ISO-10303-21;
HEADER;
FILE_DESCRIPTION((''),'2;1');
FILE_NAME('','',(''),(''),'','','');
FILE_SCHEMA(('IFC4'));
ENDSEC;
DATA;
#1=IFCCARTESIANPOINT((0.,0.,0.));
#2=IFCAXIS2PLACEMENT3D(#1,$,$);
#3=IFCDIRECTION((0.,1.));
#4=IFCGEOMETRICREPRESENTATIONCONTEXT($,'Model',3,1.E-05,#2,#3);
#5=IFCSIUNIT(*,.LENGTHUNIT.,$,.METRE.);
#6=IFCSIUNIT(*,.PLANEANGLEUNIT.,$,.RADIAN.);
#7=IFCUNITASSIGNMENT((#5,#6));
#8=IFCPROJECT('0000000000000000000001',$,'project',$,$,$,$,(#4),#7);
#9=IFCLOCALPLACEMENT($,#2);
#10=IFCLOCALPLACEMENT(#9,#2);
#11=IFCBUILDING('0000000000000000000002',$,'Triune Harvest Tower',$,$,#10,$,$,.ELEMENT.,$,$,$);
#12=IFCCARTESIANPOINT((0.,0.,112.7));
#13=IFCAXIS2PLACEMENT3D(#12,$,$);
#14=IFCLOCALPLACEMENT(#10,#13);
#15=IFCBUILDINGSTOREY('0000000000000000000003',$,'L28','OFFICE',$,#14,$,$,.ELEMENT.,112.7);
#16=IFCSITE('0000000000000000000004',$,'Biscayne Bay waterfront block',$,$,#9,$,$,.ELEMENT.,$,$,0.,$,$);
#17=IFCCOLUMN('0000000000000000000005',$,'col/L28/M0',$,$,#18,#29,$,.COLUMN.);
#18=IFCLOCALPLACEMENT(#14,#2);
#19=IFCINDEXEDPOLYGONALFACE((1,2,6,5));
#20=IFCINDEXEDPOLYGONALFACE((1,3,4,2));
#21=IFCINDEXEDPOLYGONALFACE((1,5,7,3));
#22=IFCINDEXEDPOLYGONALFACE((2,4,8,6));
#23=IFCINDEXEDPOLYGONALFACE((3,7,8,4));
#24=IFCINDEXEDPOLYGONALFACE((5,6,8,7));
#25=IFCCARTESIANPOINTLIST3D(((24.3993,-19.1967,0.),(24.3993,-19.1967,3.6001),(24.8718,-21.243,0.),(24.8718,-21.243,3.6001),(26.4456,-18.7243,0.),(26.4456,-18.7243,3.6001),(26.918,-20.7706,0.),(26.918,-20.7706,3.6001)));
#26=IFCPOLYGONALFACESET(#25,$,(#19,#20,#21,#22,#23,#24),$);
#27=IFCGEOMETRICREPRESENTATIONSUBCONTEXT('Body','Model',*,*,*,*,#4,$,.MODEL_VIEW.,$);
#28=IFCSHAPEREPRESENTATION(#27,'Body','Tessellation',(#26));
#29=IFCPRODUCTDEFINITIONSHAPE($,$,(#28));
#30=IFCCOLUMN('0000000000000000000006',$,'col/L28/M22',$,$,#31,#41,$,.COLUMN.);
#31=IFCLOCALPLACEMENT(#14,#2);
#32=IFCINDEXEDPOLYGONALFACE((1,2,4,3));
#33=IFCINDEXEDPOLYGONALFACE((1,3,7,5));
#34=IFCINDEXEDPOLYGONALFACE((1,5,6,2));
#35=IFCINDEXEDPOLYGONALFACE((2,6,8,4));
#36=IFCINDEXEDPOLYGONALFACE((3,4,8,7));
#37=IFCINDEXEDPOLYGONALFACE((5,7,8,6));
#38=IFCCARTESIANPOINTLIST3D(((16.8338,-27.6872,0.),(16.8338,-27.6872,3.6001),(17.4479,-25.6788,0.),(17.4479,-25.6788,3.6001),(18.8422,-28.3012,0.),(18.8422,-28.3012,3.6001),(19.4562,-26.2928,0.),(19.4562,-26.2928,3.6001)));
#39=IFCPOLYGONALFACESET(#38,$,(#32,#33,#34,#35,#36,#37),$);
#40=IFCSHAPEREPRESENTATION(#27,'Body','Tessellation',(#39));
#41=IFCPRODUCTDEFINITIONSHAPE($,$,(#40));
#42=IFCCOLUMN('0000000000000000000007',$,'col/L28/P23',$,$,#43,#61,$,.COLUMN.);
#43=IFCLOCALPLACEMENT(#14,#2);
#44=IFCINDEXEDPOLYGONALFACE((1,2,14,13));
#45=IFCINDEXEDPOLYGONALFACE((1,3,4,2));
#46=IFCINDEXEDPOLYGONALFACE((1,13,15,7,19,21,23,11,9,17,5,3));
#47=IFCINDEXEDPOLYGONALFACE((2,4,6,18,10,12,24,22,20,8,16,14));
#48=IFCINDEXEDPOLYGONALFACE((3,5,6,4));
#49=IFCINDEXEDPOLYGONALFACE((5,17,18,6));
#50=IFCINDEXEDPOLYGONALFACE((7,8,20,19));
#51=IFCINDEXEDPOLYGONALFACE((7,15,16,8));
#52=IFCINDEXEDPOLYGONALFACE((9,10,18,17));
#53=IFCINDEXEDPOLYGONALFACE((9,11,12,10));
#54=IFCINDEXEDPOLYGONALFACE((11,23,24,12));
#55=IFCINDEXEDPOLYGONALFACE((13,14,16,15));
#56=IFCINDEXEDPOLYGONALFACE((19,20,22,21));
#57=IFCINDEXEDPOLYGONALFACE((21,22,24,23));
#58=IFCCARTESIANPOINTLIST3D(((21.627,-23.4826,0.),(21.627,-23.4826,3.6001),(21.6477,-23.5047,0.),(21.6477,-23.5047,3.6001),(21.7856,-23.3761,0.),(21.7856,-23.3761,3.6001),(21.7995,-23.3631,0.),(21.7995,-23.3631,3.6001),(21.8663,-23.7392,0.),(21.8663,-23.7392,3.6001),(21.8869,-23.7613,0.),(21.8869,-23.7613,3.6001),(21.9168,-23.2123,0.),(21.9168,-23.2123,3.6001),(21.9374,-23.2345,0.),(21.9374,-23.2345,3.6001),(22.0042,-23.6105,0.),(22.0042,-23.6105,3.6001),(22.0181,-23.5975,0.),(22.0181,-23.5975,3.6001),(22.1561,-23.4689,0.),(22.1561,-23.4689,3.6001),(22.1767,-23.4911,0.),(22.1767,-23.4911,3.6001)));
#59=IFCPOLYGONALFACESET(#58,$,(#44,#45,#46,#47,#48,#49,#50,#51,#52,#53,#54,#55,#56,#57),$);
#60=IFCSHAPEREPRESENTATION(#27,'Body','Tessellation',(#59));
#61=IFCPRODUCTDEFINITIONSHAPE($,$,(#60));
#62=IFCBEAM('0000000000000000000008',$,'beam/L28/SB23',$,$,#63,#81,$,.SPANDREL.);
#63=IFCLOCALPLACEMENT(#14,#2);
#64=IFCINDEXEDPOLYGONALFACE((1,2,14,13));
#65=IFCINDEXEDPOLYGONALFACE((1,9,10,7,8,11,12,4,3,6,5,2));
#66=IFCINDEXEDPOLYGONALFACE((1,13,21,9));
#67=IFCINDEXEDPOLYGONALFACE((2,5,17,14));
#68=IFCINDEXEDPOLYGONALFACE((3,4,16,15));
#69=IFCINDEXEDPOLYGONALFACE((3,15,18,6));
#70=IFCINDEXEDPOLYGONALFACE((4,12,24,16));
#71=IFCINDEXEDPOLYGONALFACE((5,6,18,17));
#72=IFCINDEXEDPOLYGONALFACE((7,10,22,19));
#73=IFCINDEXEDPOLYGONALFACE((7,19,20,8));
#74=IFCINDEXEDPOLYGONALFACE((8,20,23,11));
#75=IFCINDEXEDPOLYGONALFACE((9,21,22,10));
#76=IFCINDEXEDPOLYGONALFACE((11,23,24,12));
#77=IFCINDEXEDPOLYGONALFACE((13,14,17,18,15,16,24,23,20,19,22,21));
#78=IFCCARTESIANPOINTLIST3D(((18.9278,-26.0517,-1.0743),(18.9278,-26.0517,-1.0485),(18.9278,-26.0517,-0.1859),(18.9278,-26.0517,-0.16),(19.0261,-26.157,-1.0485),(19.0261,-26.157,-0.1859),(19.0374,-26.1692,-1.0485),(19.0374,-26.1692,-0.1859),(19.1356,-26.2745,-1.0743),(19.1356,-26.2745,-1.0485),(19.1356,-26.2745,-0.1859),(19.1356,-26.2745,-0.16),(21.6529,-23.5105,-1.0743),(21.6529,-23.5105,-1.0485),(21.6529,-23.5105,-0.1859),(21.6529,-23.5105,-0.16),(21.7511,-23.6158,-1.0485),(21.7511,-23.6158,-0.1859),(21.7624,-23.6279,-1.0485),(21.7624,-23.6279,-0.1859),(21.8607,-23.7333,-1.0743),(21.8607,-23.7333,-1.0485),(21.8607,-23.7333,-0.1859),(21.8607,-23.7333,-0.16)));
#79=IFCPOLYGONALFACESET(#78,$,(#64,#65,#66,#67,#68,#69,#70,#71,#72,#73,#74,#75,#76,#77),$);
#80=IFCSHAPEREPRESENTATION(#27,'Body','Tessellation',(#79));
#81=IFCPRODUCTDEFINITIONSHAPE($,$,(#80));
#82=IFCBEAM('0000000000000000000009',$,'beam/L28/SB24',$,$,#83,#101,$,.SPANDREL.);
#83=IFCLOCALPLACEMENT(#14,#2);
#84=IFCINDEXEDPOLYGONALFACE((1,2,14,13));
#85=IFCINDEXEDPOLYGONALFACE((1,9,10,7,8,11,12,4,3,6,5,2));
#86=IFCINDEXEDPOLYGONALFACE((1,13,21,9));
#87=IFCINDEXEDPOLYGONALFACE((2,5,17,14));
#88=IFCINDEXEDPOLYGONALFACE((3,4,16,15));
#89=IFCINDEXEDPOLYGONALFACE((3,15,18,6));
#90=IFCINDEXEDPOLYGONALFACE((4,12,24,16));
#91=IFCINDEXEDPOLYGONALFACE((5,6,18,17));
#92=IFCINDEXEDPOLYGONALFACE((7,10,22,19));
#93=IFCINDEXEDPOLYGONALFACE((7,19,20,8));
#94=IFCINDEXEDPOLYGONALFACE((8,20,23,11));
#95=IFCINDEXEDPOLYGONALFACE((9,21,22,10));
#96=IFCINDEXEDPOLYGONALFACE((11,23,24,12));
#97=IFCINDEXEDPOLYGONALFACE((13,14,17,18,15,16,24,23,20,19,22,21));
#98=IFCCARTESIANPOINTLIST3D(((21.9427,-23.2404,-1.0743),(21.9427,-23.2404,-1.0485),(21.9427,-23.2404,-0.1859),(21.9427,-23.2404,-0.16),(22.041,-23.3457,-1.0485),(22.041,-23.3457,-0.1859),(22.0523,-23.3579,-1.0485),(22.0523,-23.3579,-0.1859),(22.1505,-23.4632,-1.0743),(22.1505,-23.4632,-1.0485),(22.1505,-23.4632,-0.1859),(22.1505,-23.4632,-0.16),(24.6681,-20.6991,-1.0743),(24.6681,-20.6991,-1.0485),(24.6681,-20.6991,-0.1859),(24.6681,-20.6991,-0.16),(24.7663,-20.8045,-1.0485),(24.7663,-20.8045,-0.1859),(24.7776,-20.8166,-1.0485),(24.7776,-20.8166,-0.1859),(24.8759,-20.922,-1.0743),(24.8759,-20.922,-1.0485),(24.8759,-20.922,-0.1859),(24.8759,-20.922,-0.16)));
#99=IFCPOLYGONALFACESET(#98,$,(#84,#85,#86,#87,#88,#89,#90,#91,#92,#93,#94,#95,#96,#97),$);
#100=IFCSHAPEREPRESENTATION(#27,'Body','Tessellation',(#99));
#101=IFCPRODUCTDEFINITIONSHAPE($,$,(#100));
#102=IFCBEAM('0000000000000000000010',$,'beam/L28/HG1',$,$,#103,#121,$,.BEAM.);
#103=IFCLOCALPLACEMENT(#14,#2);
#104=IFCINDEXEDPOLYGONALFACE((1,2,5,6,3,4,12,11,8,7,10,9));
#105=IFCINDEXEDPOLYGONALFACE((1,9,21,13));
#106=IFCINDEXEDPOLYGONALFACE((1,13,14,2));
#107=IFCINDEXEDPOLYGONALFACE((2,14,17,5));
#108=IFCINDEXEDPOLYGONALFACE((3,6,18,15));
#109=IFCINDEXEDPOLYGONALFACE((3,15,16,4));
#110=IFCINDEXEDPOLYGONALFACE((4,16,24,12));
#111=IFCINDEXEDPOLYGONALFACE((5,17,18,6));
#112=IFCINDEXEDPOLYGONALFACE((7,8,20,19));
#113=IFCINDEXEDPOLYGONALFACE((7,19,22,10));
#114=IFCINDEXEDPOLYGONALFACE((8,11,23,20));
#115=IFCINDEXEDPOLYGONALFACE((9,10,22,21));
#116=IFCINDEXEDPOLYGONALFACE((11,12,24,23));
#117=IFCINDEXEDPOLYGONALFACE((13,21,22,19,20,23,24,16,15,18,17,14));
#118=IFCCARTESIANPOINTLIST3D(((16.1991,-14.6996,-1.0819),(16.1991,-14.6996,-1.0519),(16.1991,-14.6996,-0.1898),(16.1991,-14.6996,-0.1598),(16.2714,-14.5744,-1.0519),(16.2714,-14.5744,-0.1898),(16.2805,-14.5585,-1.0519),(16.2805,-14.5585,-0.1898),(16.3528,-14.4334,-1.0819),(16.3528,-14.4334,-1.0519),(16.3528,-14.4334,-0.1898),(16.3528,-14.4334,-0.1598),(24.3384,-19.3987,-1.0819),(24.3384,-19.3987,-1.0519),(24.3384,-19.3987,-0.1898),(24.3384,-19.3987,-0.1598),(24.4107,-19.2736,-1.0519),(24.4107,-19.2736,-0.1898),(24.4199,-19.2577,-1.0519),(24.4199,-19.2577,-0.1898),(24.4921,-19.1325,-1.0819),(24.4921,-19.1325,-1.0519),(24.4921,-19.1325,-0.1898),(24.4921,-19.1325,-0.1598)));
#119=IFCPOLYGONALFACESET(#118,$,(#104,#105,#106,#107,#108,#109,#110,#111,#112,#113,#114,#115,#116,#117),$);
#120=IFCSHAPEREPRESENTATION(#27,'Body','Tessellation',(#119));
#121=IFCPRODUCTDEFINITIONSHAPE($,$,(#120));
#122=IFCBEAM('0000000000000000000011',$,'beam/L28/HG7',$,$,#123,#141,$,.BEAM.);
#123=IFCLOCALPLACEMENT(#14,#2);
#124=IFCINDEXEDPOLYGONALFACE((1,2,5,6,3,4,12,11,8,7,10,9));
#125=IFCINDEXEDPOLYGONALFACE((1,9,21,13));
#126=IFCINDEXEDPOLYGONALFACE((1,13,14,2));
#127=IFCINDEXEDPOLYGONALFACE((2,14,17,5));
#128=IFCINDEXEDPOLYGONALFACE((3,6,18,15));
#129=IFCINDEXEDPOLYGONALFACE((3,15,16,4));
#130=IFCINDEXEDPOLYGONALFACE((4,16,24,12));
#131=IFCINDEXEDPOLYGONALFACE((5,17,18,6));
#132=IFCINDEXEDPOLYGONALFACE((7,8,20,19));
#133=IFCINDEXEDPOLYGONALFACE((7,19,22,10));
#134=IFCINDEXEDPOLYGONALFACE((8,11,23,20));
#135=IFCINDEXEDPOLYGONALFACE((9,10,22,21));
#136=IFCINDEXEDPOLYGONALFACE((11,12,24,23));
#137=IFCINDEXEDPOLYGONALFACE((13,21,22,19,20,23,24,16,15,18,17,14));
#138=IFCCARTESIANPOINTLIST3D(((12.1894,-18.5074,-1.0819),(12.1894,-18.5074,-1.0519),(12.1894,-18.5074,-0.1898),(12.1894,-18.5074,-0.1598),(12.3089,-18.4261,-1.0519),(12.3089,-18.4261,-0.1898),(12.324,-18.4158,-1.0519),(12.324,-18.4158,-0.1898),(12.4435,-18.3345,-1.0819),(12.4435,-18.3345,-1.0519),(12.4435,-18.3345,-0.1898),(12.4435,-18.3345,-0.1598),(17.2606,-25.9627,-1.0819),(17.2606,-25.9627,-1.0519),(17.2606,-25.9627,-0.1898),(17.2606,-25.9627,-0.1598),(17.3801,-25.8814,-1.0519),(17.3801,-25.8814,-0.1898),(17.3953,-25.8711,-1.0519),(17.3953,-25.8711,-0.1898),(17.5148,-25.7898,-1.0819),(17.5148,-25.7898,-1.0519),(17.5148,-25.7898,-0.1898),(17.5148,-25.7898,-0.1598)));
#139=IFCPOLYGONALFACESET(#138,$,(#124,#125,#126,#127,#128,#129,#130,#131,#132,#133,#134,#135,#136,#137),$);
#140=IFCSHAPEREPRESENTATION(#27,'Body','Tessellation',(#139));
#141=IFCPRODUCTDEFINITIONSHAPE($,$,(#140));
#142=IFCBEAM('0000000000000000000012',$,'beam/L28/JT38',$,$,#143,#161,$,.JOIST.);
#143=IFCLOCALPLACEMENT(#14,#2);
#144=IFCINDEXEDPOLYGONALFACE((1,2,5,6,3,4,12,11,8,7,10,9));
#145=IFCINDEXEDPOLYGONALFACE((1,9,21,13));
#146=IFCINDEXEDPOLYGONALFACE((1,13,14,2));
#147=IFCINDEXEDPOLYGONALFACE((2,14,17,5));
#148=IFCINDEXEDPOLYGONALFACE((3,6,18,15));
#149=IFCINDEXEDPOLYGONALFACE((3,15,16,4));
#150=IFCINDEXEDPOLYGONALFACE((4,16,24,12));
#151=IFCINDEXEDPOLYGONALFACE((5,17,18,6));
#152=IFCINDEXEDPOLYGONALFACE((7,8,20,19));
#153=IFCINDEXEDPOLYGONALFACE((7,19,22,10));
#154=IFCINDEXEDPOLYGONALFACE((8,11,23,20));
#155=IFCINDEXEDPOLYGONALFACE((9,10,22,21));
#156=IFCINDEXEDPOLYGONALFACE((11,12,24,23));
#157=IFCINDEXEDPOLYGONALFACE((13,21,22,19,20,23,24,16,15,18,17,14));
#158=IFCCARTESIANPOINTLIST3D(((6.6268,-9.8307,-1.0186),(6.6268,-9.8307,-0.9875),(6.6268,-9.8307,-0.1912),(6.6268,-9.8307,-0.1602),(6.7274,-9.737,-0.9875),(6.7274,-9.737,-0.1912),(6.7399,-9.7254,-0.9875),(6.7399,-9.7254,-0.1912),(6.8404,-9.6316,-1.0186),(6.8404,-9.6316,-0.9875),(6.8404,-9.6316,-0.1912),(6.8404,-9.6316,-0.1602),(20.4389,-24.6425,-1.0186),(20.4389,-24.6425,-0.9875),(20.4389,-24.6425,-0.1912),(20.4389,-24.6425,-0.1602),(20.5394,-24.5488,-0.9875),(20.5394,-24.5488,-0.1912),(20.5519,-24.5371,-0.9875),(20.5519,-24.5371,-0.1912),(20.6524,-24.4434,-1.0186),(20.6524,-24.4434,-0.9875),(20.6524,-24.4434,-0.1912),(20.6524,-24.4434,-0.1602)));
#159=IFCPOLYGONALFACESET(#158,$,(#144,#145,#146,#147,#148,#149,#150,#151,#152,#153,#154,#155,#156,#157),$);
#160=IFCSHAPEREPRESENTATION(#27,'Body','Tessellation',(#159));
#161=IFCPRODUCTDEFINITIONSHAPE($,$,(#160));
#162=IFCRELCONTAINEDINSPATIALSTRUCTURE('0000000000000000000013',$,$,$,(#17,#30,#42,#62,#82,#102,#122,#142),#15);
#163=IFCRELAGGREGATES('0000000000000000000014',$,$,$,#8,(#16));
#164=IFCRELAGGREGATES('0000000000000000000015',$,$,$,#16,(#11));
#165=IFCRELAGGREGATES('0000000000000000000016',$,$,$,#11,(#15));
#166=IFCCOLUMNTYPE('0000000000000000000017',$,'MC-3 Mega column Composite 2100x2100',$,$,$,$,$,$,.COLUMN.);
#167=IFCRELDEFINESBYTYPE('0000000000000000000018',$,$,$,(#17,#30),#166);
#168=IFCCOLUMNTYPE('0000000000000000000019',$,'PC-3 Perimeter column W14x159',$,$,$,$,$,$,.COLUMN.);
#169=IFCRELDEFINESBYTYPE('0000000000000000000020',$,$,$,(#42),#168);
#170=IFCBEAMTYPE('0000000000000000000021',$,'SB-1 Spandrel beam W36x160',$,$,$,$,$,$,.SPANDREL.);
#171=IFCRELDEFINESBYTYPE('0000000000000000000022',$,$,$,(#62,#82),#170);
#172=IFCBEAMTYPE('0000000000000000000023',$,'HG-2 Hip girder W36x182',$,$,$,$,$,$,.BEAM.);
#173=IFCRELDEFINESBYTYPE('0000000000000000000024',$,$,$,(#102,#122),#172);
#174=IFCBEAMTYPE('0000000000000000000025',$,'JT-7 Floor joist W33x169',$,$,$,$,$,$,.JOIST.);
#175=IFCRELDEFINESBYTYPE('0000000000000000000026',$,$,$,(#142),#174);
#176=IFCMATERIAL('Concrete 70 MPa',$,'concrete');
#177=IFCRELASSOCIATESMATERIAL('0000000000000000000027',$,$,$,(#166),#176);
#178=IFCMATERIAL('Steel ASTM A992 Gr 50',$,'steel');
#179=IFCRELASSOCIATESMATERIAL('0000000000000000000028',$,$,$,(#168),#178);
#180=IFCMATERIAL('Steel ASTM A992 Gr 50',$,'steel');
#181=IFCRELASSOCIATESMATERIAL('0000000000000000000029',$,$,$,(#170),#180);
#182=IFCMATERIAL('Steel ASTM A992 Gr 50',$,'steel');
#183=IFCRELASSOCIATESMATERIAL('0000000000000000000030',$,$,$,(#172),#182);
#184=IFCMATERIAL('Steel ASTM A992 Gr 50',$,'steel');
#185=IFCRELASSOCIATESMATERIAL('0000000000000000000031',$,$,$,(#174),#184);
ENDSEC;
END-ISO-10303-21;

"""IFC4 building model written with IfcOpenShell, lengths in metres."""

from ifc_helpers import new_model, si_unit, direction, frame, origin, origin_2d, place, context, subcontext, project, spatial, rectangle, i_section, extrude, source, transform, mapped, material, material_profile, profile_set, type_object, element, save


model = new_model("IFC4")

# Units and contexts
model_context = context("Model", 3, precision=1e-05, world=origin(), true_north=direction((0.0, 1.0)))
body_context = subcontext(model_context, "Body", "Model", "MODEL_VIEW")
ifc_project = project(units=[si_unit("LENGTHUNIT", "METRE"), si_unit("PLANEANGLEUNIT", "RADIAN")], contexts=[model_context])

# Site, building, storey
site_placement = place(None, origin())
site = spatial("IfcSite", under=ifc_project, at=site_placement, Name="Biscayne Bay waterfront block", CompositionType="ELEMENT", RefElevation=0.0)
building_placement = place(site_placement, origin())
building = spatial("IfcBuilding", under=site, at=building_placement, Name="Triune Harvest Tower", CompositionType="ELEMENT")
storey_placement = place(building_placement, frame((0.0, 0.0, 112.7)))
storey = spatial("IfcBuildingStorey", under=building, at=storey_placement, Name="L28", Description="OFFICE", CompositionType="ELEMENT", Elevation=112.7)

# Columns
ifc_material_1 = material(Name="Concrete 70 MPa", Category="concrete")
ifc_material_profile_1 = material_profile(ifc_material_1, rectangle(XDim=2.1001, YDim=2.1001, at=origin_2d()), Name="Composite 2100x2100")
ifc_profile_set_1 = profile_set([ifc_material_profile_1], Name="Concrete 70 MPa")
column_type_1 = type_object("IfcColumnType", Name="MC-3 Mega column Composite 2100x2100", PredefinedType="COLUMN", material=ifc_profile_set_1)
shared_shape_1 = source(origin(), body_context, "Body", "SweptSolid", [
    extrude(rectangle(XDim=2.1001, YDim=2.1001, at=origin_2d()), origin(), (0.0, 0.0, 1.0), 3.6001),
])
for number, where, z_axis, x_axis, name in (
    (1, (25.6587, -19.9836, 0.0), (0.0, 0.0, 1.0), (-0.224953, 0.97437, 0.0), "col/L28/M0"),
    (2, (18.145, -26.99, 0.0), (0.0, 0.0, 1.0), (0.956305, -0.292372, 0.0), "col/L28/M22"),
):
    element("IfcColumn", number, at=place(storey_placement, frame(where, z_axis=z_axis, x_axis=x_axis)), inside=storey, type_object=column_type_1, Name=name, PredefinedType="COLUMN", context=body_context, shape_type="MappedRepresentation", body=[
        mapped(shared_shape_1, transform((0.0, 0.0, 0.0), scale=1.0)),
    ])
ifc_material_2 = material(Name="Steel ASTM A992 Gr 50", Category="steel")
ifc_material_profile_2 = material_profile(ifc_material_2, i_section(OverallWidth=0.3962, OverallDepth=0.3811, WebThickness=0.019, FlangeThickness=0.0303, at=origin_2d()), Name="W14x159")
ifc_profile_set_2 = profile_set([ifc_material_profile_2], Name="Steel ASTM A992 Gr 50")
column_type_2 = type_object("IfcColumnType", Name="PC-3 Perimeter column W14x159", PredefinedType="COLUMN", material=ifc_profile_set_2)
shared_shape_2 = source(origin(), body_context, "Body", "SweptSolid", [
    extrude(i_section(OverallWidth=0.3962, OverallDepth=0.3811, WebThickness=0.019, FlangeThickness=0.0303, at=origin_2d()), origin(), (0.0, 0.0, 1.0), 3.6001),
])
column_placement = place(storey_placement, frame((21.9019, -23.4868, 0.0), z_axis=(0.0, 0.0, 1.0), x_axis=(0.731354, 0.681998, 0.0)))
element("IfcColumn", 3, at=column_placement, inside=storey, type_object=column_type_2, Name="col/L28/P23", PredefinedType="COLUMN", context=body_context, shape_type="MappedRepresentation", body=[
    mapped(shared_shape_2, transform((0.0, 0.0, 0.0), scale=1.0)),
])

# Beams
ifc_material_3 = material(Name="Steel ASTM A992 Gr 50", Category="steel")
ifc_material_profile_3 = material_profile(ifc_material_3, i_section(OverallWidth=0.3047, OverallDepth=0.9143, WebThickness=0.0166, FlangeThickness=0.0259, at=origin_2d()), Name="W36x160")
ifc_profile_set_3 = profile_set([ifc_material_profile_3], Name="Steel ASTM A992 Gr 50")
beam_type_1 = type_object("IfcBeamType", Name="SB-1 Spandrel beam W36x160", PredefinedType="SPANDREL", material=ifc_profile_set_3)
shared_shape_3 = source(origin(), body_context, "Body", "SweptSolid", [
    extrude(i_section(OverallWidth=0.3047, OverallDepth=0.9143, WebThickness=0.0166, FlangeThickness=0.0259, at=origin_2d()), origin(), (0.0, 0.0, 1.0), 3.7261),
])
beam_1_placement = place(storey_placement, frame((19.0317, -26.1631, -0.6172), z_axis=(0.731345, 0.682008, 0.0), x_axis=(-0.682008, 0.731345, 0.0)))
element("IfcBeam", 4, at=beam_1_placement, inside=storey, type_object=beam_type_1, Name="beam/L28/SB23", PredefinedType="SPANDREL", context=body_context, shape_type="MappedRepresentation", body=[
    mapped(shared_shape_3, transform((0.0, 0.0, 0.0), scale=1.0)),
])
shared_shape_4 = source(origin(), body_context, "Body", "SweptSolid", [
    extrude(i_section(OverallWidth=0.3047, OverallDepth=0.9143, WebThickness=0.0166, FlangeThickness=0.0259, at=origin_2d()), origin(), (0.0, 0.0, 1.0), 3.7263),
])
beam_2_placement = place(storey_placement, frame((22.0466, -23.3518, -0.6172), z_axis=(0.731375, 0.681975, 0.0), x_axis=(-0.681975, 0.731375, 0.0)))
element("IfcBeam", 5, at=beam_2_placement, inside=storey, type_object=beam_type_1, Name="beam/L28/SB24", PredefinedType="SPANDREL", context=body_context, shape_type="MappedRepresentation", body=[
    mapped(shared_shape_4, transform((0.0, 0.0, 0.0), scale=1.0)),
])
ifc_material_4 = material(Name="Steel ASTM A992 Gr 50", Category="steel")
ifc_material_profile_4 = material_profile(ifc_material_4, i_section(OverallWidth=0.3074, OverallDepth=0.9221, WebThickness=0.0183, FlangeThickness=0.03, at=origin_2d()), Name="W36x182")
ifc_profile_set_4 = profile_set([ifc_material_profile_4], Name="Steel ASTM A992 Gr 50")
beam_type_2 = type_object("IfcBeamType", Name="HG-2 Hip girder W36x182", PredefinedType="BEAM", material=ifc_profile_set_4)
shared_shape_5 = source(origin(), body_context, "Body", "SweptSolid", [
    extrude(i_section(OverallWidth=0.3074, OverallDepth=0.9221, WebThickness=0.0183, FlangeThickness=0.03, at=origin_2d()), origin(), (0.0, 0.0, 1.0), 9.3984),
])
beam_3_placement = place(storey_placement, frame((24.4153, -19.2656, -0.6208), z_axis=(-0.866029, 0.499995, 0.0), x_axis=(-0.499995, -0.866029, 0.0)))
element("IfcBeam", 6, at=beam_3_placement, inside=storey, type_object=beam_type_2, Name="beam/L28/HG1", PredefinedType="BEAM", context=body_context, shape_type="MappedRepresentation", body=[
    mapped(shared_shape_5, transform((0.0, 0.0, 0.0), scale=1.0)),
])
shared_shape_6 = source(origin(), body_context, "Body", "SweptSolid", [
    extrude(i_section(OverallWidth=0.3074, OverallDepth=0.9221, WebThickness=0.0183, FlangeThickness=0.03, at=origin_2d()), origin(), (0.0, 0.0, 1.0), 9.0166),
])
beam_4_placement = place(storey_placement, frame((17.3877, -25.8762, -0.6208), z_axis=(-0.562437, 0.82684, 0.0), x_axis=(-0.82684, -0.562437, 0.0)))
element("IfcBeam", 7, at=beam_4_placement, inside=storey, type_object=beam_type_2, Name="beam/L28/HG7", PredefinedType="BEAM", context=body_context, shape_type="MappedRepresentation", body=[
    mapped(shared_shape_6, transform((0.0, 0.0, 0.0), scale=1.0)),
])
ifc_material_5 = material(Name="Steel ASTM A992 Gr 50", Category="steel")
ifc_material_profile_5 = material_profile(ifc_material_5, i_section(OverallWidth=0.292, OverallDepth=0.8584, WebThickness=0.0171, FlangeThickness=0.031, at=origin_2d()), Name="W33x169")
ifc_profile_set_5 = profile_set([ifc_material_profile_5], Name="Steel ASTM A992 Gr 50")
beam_type_3 = type_object("IfcBeamType", Name="JT-7 Floor joist W33x169", PredefinedType="JOIST", material=ifc_profile_set_5)
shared_shape_7 = source(origin(), body_context, "Body", "SweptSolid", [
    extrude(i_section(OverallWidth=0.292, OverallDepth=0.8584, WebThickness=0.0171, FlangeThickness=0.031, at=origin_2d()), origin(), (0.0, 0.0, 1.0), 20.2524),
])
beam_5_placement = place(storey_placement, frame((20.5457, -24.543, -0.5894), z_axis=(-0.681993, 0.731358, 0.0), x_axis=(-0.731358, -0.681993, 0.0)))
element("IfcBeam", 8, at=beam_5_placement, inside=storey, type_object=beam_type_3, Name="beam/L28/JT38", PredefinedType="JOIST", context=body_context, shape_type="MappedRepresentation", body=[
    mapped(shared_shape_7, transform((0.0, 0.0, 0.0), scale=1.0)),
])

save(model, "model.ifc")
